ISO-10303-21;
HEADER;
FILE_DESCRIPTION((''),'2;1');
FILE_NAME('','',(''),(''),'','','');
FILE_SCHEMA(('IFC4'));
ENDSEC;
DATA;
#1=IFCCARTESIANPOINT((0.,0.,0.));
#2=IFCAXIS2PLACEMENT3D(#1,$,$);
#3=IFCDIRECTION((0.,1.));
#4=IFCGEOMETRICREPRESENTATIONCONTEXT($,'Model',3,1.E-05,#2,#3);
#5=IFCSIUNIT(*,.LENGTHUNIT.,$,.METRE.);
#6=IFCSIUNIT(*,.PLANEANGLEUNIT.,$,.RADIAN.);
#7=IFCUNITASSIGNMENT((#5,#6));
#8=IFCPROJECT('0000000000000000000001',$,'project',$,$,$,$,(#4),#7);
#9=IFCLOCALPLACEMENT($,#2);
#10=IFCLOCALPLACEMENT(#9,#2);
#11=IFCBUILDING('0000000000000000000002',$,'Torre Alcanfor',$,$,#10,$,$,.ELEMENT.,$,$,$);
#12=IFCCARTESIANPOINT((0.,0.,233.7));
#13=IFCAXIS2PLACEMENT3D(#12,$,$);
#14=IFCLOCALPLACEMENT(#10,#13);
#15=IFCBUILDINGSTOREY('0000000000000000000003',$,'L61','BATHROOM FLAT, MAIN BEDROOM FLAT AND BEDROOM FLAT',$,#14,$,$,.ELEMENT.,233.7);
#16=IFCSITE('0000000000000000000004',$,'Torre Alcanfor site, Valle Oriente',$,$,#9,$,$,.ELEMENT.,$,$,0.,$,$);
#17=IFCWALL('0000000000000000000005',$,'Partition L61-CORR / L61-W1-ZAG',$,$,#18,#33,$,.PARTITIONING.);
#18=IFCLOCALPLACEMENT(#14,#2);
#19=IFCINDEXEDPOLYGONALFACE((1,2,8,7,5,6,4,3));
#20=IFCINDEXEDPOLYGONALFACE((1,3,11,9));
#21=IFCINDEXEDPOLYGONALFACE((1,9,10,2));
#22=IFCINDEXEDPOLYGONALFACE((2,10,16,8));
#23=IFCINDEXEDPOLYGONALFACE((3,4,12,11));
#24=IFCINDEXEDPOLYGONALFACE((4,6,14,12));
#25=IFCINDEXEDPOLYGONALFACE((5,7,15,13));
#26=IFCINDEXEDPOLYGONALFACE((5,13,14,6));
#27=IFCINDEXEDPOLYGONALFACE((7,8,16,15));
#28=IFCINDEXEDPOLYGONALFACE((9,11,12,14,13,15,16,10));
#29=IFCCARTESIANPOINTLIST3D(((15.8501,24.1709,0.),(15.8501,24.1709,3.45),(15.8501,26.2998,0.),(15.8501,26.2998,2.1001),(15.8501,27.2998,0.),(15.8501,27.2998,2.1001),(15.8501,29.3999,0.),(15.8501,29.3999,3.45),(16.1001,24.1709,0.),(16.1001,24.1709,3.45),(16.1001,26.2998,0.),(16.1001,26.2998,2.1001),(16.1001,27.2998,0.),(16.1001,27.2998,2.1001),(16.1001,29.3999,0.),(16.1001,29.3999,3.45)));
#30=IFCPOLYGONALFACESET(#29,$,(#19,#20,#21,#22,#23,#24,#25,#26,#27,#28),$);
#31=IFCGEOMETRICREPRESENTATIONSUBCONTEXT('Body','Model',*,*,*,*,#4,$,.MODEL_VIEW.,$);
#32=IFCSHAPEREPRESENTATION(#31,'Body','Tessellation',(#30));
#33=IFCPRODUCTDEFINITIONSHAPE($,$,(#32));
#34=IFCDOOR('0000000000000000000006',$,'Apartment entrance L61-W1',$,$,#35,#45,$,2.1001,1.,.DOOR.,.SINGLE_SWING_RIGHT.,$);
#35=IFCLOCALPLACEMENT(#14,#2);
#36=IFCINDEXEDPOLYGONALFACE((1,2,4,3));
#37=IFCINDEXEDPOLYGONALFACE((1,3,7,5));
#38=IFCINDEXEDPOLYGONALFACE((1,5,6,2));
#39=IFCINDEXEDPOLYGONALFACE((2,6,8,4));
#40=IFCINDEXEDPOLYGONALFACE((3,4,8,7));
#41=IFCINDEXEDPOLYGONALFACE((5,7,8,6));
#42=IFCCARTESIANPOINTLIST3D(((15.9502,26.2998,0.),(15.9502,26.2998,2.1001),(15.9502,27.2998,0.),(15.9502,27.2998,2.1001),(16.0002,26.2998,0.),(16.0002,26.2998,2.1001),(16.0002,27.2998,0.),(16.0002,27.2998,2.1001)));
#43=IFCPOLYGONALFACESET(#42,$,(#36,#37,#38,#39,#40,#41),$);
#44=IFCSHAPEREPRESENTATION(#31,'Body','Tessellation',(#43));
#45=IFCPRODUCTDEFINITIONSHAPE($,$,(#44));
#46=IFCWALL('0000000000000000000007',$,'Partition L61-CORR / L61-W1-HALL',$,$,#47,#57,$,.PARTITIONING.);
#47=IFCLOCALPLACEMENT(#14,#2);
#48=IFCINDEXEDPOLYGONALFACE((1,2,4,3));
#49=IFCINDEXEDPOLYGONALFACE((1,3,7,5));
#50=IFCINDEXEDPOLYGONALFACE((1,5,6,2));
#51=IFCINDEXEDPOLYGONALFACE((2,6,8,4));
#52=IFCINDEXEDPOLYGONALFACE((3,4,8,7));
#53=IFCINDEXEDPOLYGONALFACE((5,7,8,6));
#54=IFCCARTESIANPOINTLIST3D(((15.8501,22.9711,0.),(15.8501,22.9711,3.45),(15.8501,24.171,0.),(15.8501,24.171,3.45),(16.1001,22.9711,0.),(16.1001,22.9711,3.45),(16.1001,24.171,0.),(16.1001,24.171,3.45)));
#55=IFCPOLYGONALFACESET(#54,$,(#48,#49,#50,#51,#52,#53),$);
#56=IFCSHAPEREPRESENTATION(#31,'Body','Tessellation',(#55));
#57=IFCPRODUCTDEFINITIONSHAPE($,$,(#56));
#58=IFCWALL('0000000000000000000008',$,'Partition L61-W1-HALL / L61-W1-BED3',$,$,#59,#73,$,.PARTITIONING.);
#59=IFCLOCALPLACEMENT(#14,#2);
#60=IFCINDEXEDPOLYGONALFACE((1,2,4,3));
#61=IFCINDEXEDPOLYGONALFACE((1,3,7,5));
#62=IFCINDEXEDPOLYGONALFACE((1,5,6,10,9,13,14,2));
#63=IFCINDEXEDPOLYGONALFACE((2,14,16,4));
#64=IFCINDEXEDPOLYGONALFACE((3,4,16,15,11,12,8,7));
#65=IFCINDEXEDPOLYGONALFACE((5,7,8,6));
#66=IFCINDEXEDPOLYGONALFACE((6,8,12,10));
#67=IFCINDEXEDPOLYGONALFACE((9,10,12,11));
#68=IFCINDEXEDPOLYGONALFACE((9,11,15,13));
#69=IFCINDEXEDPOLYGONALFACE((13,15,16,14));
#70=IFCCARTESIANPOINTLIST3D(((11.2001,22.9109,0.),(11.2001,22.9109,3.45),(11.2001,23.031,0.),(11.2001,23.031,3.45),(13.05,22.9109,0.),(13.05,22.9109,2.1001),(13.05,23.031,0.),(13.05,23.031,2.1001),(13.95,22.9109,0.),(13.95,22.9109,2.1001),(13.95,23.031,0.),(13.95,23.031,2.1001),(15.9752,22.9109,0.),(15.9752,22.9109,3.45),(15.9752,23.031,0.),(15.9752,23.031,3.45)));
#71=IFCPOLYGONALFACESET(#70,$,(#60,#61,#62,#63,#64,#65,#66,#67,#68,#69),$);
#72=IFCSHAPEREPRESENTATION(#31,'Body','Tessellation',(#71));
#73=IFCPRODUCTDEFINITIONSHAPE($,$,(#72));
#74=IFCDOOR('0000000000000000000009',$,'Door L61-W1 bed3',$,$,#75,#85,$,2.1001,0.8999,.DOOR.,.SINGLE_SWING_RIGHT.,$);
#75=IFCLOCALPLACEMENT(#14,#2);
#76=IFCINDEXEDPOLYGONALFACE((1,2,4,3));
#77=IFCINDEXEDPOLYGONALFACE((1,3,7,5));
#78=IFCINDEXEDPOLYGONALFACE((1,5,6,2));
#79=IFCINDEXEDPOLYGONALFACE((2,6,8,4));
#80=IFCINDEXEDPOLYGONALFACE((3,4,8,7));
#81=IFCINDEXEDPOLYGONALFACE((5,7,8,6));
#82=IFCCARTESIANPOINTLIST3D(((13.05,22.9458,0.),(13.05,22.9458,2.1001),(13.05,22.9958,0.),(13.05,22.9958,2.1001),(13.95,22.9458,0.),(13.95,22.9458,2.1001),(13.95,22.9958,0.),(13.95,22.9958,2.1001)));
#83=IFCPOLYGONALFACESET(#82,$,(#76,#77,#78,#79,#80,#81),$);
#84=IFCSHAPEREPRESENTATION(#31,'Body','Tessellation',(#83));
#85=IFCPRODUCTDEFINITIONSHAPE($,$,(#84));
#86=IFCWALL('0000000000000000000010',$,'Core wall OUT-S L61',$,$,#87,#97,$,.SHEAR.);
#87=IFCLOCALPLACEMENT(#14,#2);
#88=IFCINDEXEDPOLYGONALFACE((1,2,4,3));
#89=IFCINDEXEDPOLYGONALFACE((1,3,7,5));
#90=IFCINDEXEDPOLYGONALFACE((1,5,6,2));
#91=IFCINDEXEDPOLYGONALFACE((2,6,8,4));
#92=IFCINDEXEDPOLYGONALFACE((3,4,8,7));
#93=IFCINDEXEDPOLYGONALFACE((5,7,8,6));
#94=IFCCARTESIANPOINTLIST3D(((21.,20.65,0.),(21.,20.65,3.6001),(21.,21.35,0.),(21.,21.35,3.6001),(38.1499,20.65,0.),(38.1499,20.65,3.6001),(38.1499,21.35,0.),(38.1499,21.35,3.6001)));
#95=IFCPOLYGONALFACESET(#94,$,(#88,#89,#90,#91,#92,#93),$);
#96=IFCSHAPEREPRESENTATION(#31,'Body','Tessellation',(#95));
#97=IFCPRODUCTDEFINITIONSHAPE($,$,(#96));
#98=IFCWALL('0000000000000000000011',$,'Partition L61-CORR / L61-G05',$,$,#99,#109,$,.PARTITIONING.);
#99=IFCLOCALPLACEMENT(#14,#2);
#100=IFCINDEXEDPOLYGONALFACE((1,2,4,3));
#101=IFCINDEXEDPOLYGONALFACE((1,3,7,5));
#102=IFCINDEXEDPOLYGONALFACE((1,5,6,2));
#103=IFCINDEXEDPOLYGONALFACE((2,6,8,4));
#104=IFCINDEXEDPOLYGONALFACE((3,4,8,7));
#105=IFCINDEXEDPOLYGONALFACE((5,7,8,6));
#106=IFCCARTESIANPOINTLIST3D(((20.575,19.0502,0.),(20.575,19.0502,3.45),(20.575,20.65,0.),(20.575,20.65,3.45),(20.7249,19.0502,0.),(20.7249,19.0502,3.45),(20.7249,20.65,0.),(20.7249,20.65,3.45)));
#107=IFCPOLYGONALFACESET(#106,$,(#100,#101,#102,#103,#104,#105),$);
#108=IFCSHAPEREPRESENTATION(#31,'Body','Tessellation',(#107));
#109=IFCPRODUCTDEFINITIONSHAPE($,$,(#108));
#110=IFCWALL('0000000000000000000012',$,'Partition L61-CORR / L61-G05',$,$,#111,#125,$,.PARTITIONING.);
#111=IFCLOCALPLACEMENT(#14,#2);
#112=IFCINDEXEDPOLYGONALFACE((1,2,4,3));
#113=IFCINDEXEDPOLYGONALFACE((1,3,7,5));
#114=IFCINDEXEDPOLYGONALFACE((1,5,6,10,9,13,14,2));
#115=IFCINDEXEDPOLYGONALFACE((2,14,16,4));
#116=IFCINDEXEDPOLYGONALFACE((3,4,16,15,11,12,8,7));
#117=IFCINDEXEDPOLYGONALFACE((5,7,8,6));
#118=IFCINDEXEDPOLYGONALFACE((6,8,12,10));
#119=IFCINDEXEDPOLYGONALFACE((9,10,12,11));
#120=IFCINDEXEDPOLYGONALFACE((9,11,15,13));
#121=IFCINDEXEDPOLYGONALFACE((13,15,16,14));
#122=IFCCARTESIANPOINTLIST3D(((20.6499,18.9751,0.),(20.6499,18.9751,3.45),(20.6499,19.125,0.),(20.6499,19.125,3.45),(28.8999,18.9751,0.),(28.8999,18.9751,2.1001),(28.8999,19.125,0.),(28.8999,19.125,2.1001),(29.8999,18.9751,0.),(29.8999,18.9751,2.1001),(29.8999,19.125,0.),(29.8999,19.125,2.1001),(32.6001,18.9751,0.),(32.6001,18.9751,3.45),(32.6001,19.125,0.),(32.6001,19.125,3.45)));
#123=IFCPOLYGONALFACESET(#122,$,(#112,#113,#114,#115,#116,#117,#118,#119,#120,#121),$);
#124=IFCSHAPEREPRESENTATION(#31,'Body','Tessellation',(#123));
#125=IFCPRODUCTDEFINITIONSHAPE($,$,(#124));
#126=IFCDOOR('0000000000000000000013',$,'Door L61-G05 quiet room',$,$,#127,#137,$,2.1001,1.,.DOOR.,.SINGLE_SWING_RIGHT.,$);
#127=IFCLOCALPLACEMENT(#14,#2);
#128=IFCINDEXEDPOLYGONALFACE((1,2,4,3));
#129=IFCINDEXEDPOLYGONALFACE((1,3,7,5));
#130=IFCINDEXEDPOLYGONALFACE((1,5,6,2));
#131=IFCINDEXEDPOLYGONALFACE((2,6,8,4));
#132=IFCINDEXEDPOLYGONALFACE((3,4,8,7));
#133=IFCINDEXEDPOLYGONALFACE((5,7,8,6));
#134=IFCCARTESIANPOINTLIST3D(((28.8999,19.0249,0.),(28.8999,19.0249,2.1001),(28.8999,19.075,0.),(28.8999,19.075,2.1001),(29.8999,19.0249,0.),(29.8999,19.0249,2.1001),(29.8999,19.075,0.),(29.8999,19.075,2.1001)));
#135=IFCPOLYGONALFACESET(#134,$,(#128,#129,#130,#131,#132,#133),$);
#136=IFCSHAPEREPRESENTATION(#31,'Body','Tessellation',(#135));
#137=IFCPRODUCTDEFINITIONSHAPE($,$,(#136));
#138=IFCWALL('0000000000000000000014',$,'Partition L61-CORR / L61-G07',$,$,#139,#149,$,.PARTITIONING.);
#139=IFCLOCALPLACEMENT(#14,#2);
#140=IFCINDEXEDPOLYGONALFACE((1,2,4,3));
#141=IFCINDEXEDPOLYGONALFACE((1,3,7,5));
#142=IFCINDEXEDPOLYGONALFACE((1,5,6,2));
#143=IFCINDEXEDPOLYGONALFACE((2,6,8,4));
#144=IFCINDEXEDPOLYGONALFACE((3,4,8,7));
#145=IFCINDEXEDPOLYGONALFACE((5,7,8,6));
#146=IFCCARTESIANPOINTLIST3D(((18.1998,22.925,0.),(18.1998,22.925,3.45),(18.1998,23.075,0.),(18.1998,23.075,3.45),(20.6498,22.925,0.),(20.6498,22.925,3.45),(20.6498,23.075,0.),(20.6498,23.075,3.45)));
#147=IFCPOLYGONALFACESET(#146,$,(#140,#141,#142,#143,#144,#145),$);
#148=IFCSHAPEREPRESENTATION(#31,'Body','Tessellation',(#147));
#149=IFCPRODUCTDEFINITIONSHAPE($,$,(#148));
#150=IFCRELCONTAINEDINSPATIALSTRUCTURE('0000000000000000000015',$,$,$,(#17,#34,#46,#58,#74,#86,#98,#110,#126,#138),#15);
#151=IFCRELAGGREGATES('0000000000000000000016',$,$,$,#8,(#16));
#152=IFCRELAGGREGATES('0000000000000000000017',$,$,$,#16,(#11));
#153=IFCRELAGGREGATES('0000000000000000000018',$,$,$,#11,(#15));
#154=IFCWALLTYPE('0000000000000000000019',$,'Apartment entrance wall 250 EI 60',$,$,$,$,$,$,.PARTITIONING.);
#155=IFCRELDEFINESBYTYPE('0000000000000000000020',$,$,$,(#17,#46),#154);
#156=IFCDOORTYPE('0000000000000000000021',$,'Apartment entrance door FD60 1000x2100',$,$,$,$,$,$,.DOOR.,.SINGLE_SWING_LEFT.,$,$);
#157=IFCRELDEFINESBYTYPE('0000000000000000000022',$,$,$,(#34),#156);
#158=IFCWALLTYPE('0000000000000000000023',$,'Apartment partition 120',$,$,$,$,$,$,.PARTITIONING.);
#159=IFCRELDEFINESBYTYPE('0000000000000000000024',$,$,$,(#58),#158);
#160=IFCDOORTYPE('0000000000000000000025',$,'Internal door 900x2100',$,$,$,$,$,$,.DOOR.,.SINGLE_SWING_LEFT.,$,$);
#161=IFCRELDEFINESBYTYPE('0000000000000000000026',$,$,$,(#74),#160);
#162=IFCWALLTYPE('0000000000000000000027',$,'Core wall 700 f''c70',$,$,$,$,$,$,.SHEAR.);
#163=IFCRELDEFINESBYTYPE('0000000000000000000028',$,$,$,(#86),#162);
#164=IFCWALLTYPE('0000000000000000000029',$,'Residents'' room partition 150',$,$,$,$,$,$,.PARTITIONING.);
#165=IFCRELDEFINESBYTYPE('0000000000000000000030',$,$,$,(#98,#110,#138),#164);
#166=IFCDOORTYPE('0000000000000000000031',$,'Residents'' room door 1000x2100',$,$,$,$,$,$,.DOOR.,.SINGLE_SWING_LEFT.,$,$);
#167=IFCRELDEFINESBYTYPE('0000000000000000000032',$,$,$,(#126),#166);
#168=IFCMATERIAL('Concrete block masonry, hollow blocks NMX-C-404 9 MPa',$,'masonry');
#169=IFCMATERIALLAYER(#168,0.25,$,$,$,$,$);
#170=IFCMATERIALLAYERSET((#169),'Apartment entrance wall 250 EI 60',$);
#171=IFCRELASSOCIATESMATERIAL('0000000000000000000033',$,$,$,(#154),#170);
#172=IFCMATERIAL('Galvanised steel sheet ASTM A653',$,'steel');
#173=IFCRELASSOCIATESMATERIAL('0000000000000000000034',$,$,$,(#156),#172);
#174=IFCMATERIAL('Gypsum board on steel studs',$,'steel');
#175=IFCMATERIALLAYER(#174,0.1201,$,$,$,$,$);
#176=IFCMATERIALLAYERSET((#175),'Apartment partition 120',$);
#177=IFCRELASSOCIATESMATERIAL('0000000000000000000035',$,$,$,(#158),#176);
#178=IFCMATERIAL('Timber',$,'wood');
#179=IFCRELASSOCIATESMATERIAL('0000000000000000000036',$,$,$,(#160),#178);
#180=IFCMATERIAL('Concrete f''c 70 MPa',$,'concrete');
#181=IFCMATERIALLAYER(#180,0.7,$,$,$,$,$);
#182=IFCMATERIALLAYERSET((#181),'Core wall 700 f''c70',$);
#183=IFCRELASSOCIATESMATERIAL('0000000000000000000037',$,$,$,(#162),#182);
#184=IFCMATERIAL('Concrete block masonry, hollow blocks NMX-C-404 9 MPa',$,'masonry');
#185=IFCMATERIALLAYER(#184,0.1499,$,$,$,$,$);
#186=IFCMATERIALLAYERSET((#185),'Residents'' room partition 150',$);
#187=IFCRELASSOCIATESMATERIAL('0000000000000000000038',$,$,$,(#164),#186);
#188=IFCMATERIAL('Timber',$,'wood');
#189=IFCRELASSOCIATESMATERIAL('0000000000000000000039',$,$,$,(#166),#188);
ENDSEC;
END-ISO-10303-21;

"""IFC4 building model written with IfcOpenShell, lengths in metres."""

from ifc_helpers import new_model, si_unit, direction, frame, frame_2d, origin, place, context, subcontext, project, spatial, rectangle, extrude, material, layer, layer_set, type_object, element, fill, save


model = new_model("IFC4")

# Units and contexts
model_context = context("Model", 3, precision=1e-05, world=origin(), true_north=direction((0.0, 1.0)))
body_context = subcontext(model_context, "Body", "Model", "MODEL_VIEW")
ifc_project = project(units=[si_unit("LENGTHUNIT", "METRE"), si_unit("PLANEANGLEUNIT", "RADIAN")], contexts=[model_context])

# Site, building, storey
site_placement = place(None, origin())
site = spatial("IfcSite", under=ifc_project, at=site_placement, Name="Torre Alcanfor site, Valle Oriente", CompositionType="ELEMENT", RefElevation=0.0)
building_placement = place(site_placement, origin())
building = spatial("IfcBuilding", under=site, at=building_placement, Name="Torre Alcanfor", CompositionType="ELEMENT")
storey_placement = place(building_placement, frame((0.0, 0.0, 233.7)))
storey = spatial("IfcBuildingStorey", under=building, at=storey_placement, Name="L61", Description="BATHROOM FLAT, MAIN BEDROOM FLAT AND BEDROOM FLAT", CompositionType="ELEMENT", Elevation=233.7)

# Wall, opening, door
ifc_material_1 = material(Name="Concrete block masonry, hollow blocks NMX-C-404 9 MPa", Category="masonry")
ifc_layer_1 = layer(ifc_material_1, 0.25)
ifc_layer_set_1 = layer_set([ifc_layer_1], Name="Apartment entrance wall 250 EI 60")
wall_type_1 = type_object("IfcWallType", Name="Apartment entrance wall 250 EI 60", PredefinedType="PARTITIONING", material=ifc_layer_set_1)
wall_1_placement = place(storey_placement, frame((15.9751, 24.1709, 0.0), z_axis=(0.0, 0.0, 1.0), x_axis=(0.0, 1.0, 0.0)))
wall_1 = element("IfcWall", 1, at=wall_1_placement, inside=storey, type_object=wall_type_1, Name="Partition L61-CORR / L61-W1-ZAG", PredefinedType="PARTITIONING", context=body_context, shape_type="SweptSolid", body=[
    extrude(rectangle(XDim=5.229, YDim=0.25, at=frame_2d((2.6145, 0.0))), origin(), (0.0, 0.0, 1.0), 3.45),
])
opening_1_placement = place(wall_1_placement, frame((2.1289, 0.0, 0.0)))
opening_1 = element("IfcOpeningElement", 2, at=opening_1_placement, cuts=wall_1, PredefinedType="OPENING", context=body_context, shape_type="SweptSolid", body=[
    extrude(rectangle(XDim=1.0, YDim=2.1001, at=frame_2d((0.5, 1.05))), frame((0.0, 0.135, 0.0), z_axis=(0.0, -1.0, 0.0), x_axis=(1.0, 0.0, 0.0)), (0.0, 0.0, 1.0), 0.27),
])
ifc_material_2 = material(Name="Galvanised steel sheet ASTM A653", Category="steel")
door_type_1 = type_object("IfcDoorType", Name="Apartment entrance door FD60 1000x2100", OperationType="SINGLE_SWING_LEFT", PredefinedType="DOOR", material=ifc_material_2)
door_1_placement = place(opening_1_placement, origin())
door_1 = element("IfcDoor", 3, at=door_1_placement, inside=storey, type_object=door_type_1, Name="Apartment entrance L61-W1", OperationType="SINGLE_SWING_RIGHT", OverallHeight=2.1001, OverallWidth=1.0, PredefinedType="DOOR", context=body_context, shape_type="SweptSolid", body=[
    extrude(rectangle(XDim=1.0, YDim=2.1001, at=frame_2d((0.5, 1.05))), frame((0.0, 0.0249, 0.0), z_axis=(0.0, -1.0, 0.0), x_axis=(1.0, 0.0, 0.0)), (0.0, 0.0, 1.0), 0.05),
])
fill(opening_1, door_1)

# Wall
wall_2_placement = place(storey_placement, frame((15.9751, 22.9709, 0.0), z_axis=(0.0, 0.0, 1.0), x_axis=(0.0, 1.0, 0.0)))
element("IfcWall", 4, at=wall_2_placement, inside=storey, type_object=wall_type_1, Name="Partition L61-CORR / L61-W1-HALL", PredefinedType="PARTITIONING", context=body_context, shape_type="SweptSolid", body=[
    extrude(rectangle(XDim=1.2, YDim=0.25, at=frame_2d((0.6001, 0.0))), origin(), (0.0, 0.0, 1.0), 3.45),
])

# Wall, opening, door
ifc_material_3 = material(Name="Gypsum board on steel studs", Category="steel")
ifc_layer_2 = layer(ifc_material_3, 0.1201)
ifc_layer_set_2 = layer_set([ifc_layer_2], Name="Apartment partition 120")
wall_type_2 = type_object("IfcWallType", Name="Apartment partition 120", PredefinedType="PARTITIONING", material=ifc_layer_set_2)
wall_3_placement = place(storey_placement, frame((11.2, 22.9709, 0.0), z_axis=(0.0, 0.0, 1.0), x_axis=(1.0, 0.0, 0.0)))
wall_3 = element("IfcWall", 5, at=wall_3_placement, inside=storey, type_object=wall_type_2, Name="Partition L61-W1-HALL / L61-W1-BED3", PredefinedType="PARTITIONING", context=body_context, shape_type="SweptSolid", body=[
    extrude(rectangle(XDim=4.7751, YDim=0.1201, at=frame_2d((2.3877, 0.0))), origin(), (0.0, 0.0, 1.0), 3.45),
])
opening_2_placement = place(wall_3_placement, frame((1.8501, 0.0, 0.0)))
opening_2 = element("IfcOpeningElement", 6, at=opening_2_placement, cuts=wall_3, PredefinedType="OPENING", context=body_context, shape_type="SweptSolid", body=[
    extrude(rectangle(XDim=0.8999, YDim=2.1001, at=frame_2d((0.45, 1.05))), frame((0.0, 0.0701, 0.0), z_axis=(0.0, -1.0, 0.0), x_axis=(1.0, 0.0, 0.0)), (0.0, 0.0, 1.0), 0.1401),
])
ifc_material_4 = material(Name="Timber", Category="wood")
door_type_2 = type_object("IfcDoorType", Name="Internal door 900x2100", OperationType="SINGLE_SWING_LEFT", PredefinedType="DOOR", material=ifc_material_4)
door_2_placement = place(opening_2_placement, frame((0.8999, 0.0, 0.0), z_axis=(0.0, 0.0, 1.0), x_axis=(-1.0, 0.0, 0.0)))
door_2 = element("IfcDoor", 7, at=door_2_placement, inside=storey, type_object=door_type_2, Name="Door L61-W1 bed3", OperationType="SINGLE_SWING_RIGHT", OverallHeight=2.1001, OverallWidth=0.8999, PredefinedType="DOOR", context=body_context, shape_type="SweptSolid", body=[
    extrude(rectangle(XDim=0.8999, YDim=2.1001, at=frame_2d((0.45, 1.05))), frame((0.0, 0.0251, 0.0), z_axis=(0.0, -1.0, 0.0), x_axis=(1.0, 0.0, 0.0)), (0.0, 0.0, 1.0), 0.05),
])
fill(opening_2, door_2)

# Walls
ifc_material_5 = material(Name="Concrete f'c 70 MPa", Category="concrete")
ifc_layer_3 = layer(ifc_material_5, 0.7)
ifc_layer_set_3 = layer_set([ifc_layer_3], Name="Core wall 700 f'c70")
wall_type_3 = type_object("IfcWallType", Name="Core wall 700 f'c70", PredefinedType="SHEAR", material=ifc_layer_set_3)
wall_4_placement = place(storey_placement, frame((21.0, 21.0, 0.0), z_axis=(0.0, 0.0, 1.0), x_axis=(1.0, 0.0, 0.0)))
element("IfcWall", 8, at=wall_4_placement, inside=storey, type_object=wall_type_3, Name="Core wall OUT-S L61", PredefinedType="SHEAR", context=body_context, shape_type="SweptSolid", body=[
    extrude(rectangle(XDim=17.1499, YDim=0.7, at=frame_2d((8.575, 0.0))), origin(), (0.0, 0.0, 1.0), 3.6001),
])
ifc_material_6 = material(Name="Concrete block masonry, hollow blocks NMX-C-404 9 MPa", Category="masonry")
ifc_layer_4 = layer(ifc_material_6, 0.1499)
ifc_layer_set_4 = layer_set([ifc_layer_4], Name="Residents' room partition 150")
wall_type_4 = type_object("IfcWallType", Name="Residents' room partition 150", PredefinedType="PARTITIONING", material=ifc_layer_set_4)
wall_5_placement = place(storey_placement, frame((20.6499, 20.6499, 0.0), z_axis=(0.0, 0.0, 1.0), x_axis=(0.0, -1.0, 0.0)))
element("IfcWall", 9, at=wall_5_placement, inside=storey, type_object=wall_type_4, Name="Partition L61-CORR / L61-G05", PredefinedType="PARTITIONING", context=body_context, shape_type="SweptSolid", body=[
    extrude(rectangle(XDim=1.5999, YDim=0.1499, at=frame_2d((0.7998, 0.0))), origin(), (0.0, 0.0, 1.0), 3.45),
])

# Wall, opening, door
wall_6_placement = place(storey_placement, frame((20.6499, 19.05, 0.0), z_axis=(0.0, 0.0, 1.0), x_axis=(1.0, 0.0, 0.0)))
wall_6 = element("IfcWall", 10, at=wall_6_placement, inside=storey, type_object=wall_type_4, Name="Partition L61-CORR / L61-G05", PredefinedType="PARTITIONING", context=body_context, shape_type="SweptSolid", body=[
    extrude(rectangle(XDim=11.9502, YDim=0.1499, at=frame_2d((5.9751, 0.0))), origin(), (0.0, 0.0, 1.0), 3.45),
])
opening_3_placement = place(wall_6_placement, frame((8.25, 0.0, 0.0)))
opening_3 = element("IfcOpeningElement", 11, at=opening_3_placement, cuts=wall_6, PredefinedType="OPENING", context=body_context, shape_type="SweptSolid", body=[
    extrude(rectangle(XDim=1.0, YDim=2.1001, at=frame_2d((0.5, 1.05))), frame((0.0, 0.085, 0.0), z_axis=(0.0, -1.0, 0.0), x_axis=(1.0, 0.0, 0.0)), (0.0, 0.0, 1.0), 0.1699),
])
ifc_material_7 = material(Name="Timber", Category="wood")
door_type_3 = type_object("IfcDoorType", Name="Residents' room door 1000x2100", OperationType="SINGLE_SWING_LEFT", PredefinedType="DOOR", material=ifc_material_7)
door_3_placement = place(opening_3_placement, origin())
door_3 = element("IfcDoor", 12, at=door_3_placement, inside=storey, type_object=door_type_3, Name="Door L61-G05 quiet room", OperationType="SINGLE_SWING_RIGHT", OverallHeight=2.1001, OverallWidth=1.0, PredefinedType="DOOR", context=body_context, shape_type="SweptSolid", body=[
    extrude(rectangle(XDim=1.0, YDim=2.1001, at=frame_2d((0.5, 1.05))), frame((0.0, 0.0249, 0.0), z_axis=(0.0, -1.0, 0.0), x_axis=(1.0, 0.0, 0.0)), (0.0, 0.0, 1.0), 0.05),
])
fill(opening_3, door_3)

# Wall
wall_7_placement = place(storey_placement, frame((20.6499, 23.0, 0.0), z_axis=(0.0, 0.0, 1.0), x_axis=(-1.0, 0.0, 0.0)))
element("IfcWall", 13, at=wall_7_placement, inside=storey, type_object=wall_type_4, Name="Partition L61-CORR / L61-G07", PredefinedType="PARTITIONING", context=body_context, shape_type="SweptSolid", body=[
    extrude(rectangle(XDim=2.45, YDim=0.1499, at=frame_2d((1.2251, 0.0))), origin(), (0.0, 0.0, 1.0), 3.45),
])

save(model, "model.ifc")
